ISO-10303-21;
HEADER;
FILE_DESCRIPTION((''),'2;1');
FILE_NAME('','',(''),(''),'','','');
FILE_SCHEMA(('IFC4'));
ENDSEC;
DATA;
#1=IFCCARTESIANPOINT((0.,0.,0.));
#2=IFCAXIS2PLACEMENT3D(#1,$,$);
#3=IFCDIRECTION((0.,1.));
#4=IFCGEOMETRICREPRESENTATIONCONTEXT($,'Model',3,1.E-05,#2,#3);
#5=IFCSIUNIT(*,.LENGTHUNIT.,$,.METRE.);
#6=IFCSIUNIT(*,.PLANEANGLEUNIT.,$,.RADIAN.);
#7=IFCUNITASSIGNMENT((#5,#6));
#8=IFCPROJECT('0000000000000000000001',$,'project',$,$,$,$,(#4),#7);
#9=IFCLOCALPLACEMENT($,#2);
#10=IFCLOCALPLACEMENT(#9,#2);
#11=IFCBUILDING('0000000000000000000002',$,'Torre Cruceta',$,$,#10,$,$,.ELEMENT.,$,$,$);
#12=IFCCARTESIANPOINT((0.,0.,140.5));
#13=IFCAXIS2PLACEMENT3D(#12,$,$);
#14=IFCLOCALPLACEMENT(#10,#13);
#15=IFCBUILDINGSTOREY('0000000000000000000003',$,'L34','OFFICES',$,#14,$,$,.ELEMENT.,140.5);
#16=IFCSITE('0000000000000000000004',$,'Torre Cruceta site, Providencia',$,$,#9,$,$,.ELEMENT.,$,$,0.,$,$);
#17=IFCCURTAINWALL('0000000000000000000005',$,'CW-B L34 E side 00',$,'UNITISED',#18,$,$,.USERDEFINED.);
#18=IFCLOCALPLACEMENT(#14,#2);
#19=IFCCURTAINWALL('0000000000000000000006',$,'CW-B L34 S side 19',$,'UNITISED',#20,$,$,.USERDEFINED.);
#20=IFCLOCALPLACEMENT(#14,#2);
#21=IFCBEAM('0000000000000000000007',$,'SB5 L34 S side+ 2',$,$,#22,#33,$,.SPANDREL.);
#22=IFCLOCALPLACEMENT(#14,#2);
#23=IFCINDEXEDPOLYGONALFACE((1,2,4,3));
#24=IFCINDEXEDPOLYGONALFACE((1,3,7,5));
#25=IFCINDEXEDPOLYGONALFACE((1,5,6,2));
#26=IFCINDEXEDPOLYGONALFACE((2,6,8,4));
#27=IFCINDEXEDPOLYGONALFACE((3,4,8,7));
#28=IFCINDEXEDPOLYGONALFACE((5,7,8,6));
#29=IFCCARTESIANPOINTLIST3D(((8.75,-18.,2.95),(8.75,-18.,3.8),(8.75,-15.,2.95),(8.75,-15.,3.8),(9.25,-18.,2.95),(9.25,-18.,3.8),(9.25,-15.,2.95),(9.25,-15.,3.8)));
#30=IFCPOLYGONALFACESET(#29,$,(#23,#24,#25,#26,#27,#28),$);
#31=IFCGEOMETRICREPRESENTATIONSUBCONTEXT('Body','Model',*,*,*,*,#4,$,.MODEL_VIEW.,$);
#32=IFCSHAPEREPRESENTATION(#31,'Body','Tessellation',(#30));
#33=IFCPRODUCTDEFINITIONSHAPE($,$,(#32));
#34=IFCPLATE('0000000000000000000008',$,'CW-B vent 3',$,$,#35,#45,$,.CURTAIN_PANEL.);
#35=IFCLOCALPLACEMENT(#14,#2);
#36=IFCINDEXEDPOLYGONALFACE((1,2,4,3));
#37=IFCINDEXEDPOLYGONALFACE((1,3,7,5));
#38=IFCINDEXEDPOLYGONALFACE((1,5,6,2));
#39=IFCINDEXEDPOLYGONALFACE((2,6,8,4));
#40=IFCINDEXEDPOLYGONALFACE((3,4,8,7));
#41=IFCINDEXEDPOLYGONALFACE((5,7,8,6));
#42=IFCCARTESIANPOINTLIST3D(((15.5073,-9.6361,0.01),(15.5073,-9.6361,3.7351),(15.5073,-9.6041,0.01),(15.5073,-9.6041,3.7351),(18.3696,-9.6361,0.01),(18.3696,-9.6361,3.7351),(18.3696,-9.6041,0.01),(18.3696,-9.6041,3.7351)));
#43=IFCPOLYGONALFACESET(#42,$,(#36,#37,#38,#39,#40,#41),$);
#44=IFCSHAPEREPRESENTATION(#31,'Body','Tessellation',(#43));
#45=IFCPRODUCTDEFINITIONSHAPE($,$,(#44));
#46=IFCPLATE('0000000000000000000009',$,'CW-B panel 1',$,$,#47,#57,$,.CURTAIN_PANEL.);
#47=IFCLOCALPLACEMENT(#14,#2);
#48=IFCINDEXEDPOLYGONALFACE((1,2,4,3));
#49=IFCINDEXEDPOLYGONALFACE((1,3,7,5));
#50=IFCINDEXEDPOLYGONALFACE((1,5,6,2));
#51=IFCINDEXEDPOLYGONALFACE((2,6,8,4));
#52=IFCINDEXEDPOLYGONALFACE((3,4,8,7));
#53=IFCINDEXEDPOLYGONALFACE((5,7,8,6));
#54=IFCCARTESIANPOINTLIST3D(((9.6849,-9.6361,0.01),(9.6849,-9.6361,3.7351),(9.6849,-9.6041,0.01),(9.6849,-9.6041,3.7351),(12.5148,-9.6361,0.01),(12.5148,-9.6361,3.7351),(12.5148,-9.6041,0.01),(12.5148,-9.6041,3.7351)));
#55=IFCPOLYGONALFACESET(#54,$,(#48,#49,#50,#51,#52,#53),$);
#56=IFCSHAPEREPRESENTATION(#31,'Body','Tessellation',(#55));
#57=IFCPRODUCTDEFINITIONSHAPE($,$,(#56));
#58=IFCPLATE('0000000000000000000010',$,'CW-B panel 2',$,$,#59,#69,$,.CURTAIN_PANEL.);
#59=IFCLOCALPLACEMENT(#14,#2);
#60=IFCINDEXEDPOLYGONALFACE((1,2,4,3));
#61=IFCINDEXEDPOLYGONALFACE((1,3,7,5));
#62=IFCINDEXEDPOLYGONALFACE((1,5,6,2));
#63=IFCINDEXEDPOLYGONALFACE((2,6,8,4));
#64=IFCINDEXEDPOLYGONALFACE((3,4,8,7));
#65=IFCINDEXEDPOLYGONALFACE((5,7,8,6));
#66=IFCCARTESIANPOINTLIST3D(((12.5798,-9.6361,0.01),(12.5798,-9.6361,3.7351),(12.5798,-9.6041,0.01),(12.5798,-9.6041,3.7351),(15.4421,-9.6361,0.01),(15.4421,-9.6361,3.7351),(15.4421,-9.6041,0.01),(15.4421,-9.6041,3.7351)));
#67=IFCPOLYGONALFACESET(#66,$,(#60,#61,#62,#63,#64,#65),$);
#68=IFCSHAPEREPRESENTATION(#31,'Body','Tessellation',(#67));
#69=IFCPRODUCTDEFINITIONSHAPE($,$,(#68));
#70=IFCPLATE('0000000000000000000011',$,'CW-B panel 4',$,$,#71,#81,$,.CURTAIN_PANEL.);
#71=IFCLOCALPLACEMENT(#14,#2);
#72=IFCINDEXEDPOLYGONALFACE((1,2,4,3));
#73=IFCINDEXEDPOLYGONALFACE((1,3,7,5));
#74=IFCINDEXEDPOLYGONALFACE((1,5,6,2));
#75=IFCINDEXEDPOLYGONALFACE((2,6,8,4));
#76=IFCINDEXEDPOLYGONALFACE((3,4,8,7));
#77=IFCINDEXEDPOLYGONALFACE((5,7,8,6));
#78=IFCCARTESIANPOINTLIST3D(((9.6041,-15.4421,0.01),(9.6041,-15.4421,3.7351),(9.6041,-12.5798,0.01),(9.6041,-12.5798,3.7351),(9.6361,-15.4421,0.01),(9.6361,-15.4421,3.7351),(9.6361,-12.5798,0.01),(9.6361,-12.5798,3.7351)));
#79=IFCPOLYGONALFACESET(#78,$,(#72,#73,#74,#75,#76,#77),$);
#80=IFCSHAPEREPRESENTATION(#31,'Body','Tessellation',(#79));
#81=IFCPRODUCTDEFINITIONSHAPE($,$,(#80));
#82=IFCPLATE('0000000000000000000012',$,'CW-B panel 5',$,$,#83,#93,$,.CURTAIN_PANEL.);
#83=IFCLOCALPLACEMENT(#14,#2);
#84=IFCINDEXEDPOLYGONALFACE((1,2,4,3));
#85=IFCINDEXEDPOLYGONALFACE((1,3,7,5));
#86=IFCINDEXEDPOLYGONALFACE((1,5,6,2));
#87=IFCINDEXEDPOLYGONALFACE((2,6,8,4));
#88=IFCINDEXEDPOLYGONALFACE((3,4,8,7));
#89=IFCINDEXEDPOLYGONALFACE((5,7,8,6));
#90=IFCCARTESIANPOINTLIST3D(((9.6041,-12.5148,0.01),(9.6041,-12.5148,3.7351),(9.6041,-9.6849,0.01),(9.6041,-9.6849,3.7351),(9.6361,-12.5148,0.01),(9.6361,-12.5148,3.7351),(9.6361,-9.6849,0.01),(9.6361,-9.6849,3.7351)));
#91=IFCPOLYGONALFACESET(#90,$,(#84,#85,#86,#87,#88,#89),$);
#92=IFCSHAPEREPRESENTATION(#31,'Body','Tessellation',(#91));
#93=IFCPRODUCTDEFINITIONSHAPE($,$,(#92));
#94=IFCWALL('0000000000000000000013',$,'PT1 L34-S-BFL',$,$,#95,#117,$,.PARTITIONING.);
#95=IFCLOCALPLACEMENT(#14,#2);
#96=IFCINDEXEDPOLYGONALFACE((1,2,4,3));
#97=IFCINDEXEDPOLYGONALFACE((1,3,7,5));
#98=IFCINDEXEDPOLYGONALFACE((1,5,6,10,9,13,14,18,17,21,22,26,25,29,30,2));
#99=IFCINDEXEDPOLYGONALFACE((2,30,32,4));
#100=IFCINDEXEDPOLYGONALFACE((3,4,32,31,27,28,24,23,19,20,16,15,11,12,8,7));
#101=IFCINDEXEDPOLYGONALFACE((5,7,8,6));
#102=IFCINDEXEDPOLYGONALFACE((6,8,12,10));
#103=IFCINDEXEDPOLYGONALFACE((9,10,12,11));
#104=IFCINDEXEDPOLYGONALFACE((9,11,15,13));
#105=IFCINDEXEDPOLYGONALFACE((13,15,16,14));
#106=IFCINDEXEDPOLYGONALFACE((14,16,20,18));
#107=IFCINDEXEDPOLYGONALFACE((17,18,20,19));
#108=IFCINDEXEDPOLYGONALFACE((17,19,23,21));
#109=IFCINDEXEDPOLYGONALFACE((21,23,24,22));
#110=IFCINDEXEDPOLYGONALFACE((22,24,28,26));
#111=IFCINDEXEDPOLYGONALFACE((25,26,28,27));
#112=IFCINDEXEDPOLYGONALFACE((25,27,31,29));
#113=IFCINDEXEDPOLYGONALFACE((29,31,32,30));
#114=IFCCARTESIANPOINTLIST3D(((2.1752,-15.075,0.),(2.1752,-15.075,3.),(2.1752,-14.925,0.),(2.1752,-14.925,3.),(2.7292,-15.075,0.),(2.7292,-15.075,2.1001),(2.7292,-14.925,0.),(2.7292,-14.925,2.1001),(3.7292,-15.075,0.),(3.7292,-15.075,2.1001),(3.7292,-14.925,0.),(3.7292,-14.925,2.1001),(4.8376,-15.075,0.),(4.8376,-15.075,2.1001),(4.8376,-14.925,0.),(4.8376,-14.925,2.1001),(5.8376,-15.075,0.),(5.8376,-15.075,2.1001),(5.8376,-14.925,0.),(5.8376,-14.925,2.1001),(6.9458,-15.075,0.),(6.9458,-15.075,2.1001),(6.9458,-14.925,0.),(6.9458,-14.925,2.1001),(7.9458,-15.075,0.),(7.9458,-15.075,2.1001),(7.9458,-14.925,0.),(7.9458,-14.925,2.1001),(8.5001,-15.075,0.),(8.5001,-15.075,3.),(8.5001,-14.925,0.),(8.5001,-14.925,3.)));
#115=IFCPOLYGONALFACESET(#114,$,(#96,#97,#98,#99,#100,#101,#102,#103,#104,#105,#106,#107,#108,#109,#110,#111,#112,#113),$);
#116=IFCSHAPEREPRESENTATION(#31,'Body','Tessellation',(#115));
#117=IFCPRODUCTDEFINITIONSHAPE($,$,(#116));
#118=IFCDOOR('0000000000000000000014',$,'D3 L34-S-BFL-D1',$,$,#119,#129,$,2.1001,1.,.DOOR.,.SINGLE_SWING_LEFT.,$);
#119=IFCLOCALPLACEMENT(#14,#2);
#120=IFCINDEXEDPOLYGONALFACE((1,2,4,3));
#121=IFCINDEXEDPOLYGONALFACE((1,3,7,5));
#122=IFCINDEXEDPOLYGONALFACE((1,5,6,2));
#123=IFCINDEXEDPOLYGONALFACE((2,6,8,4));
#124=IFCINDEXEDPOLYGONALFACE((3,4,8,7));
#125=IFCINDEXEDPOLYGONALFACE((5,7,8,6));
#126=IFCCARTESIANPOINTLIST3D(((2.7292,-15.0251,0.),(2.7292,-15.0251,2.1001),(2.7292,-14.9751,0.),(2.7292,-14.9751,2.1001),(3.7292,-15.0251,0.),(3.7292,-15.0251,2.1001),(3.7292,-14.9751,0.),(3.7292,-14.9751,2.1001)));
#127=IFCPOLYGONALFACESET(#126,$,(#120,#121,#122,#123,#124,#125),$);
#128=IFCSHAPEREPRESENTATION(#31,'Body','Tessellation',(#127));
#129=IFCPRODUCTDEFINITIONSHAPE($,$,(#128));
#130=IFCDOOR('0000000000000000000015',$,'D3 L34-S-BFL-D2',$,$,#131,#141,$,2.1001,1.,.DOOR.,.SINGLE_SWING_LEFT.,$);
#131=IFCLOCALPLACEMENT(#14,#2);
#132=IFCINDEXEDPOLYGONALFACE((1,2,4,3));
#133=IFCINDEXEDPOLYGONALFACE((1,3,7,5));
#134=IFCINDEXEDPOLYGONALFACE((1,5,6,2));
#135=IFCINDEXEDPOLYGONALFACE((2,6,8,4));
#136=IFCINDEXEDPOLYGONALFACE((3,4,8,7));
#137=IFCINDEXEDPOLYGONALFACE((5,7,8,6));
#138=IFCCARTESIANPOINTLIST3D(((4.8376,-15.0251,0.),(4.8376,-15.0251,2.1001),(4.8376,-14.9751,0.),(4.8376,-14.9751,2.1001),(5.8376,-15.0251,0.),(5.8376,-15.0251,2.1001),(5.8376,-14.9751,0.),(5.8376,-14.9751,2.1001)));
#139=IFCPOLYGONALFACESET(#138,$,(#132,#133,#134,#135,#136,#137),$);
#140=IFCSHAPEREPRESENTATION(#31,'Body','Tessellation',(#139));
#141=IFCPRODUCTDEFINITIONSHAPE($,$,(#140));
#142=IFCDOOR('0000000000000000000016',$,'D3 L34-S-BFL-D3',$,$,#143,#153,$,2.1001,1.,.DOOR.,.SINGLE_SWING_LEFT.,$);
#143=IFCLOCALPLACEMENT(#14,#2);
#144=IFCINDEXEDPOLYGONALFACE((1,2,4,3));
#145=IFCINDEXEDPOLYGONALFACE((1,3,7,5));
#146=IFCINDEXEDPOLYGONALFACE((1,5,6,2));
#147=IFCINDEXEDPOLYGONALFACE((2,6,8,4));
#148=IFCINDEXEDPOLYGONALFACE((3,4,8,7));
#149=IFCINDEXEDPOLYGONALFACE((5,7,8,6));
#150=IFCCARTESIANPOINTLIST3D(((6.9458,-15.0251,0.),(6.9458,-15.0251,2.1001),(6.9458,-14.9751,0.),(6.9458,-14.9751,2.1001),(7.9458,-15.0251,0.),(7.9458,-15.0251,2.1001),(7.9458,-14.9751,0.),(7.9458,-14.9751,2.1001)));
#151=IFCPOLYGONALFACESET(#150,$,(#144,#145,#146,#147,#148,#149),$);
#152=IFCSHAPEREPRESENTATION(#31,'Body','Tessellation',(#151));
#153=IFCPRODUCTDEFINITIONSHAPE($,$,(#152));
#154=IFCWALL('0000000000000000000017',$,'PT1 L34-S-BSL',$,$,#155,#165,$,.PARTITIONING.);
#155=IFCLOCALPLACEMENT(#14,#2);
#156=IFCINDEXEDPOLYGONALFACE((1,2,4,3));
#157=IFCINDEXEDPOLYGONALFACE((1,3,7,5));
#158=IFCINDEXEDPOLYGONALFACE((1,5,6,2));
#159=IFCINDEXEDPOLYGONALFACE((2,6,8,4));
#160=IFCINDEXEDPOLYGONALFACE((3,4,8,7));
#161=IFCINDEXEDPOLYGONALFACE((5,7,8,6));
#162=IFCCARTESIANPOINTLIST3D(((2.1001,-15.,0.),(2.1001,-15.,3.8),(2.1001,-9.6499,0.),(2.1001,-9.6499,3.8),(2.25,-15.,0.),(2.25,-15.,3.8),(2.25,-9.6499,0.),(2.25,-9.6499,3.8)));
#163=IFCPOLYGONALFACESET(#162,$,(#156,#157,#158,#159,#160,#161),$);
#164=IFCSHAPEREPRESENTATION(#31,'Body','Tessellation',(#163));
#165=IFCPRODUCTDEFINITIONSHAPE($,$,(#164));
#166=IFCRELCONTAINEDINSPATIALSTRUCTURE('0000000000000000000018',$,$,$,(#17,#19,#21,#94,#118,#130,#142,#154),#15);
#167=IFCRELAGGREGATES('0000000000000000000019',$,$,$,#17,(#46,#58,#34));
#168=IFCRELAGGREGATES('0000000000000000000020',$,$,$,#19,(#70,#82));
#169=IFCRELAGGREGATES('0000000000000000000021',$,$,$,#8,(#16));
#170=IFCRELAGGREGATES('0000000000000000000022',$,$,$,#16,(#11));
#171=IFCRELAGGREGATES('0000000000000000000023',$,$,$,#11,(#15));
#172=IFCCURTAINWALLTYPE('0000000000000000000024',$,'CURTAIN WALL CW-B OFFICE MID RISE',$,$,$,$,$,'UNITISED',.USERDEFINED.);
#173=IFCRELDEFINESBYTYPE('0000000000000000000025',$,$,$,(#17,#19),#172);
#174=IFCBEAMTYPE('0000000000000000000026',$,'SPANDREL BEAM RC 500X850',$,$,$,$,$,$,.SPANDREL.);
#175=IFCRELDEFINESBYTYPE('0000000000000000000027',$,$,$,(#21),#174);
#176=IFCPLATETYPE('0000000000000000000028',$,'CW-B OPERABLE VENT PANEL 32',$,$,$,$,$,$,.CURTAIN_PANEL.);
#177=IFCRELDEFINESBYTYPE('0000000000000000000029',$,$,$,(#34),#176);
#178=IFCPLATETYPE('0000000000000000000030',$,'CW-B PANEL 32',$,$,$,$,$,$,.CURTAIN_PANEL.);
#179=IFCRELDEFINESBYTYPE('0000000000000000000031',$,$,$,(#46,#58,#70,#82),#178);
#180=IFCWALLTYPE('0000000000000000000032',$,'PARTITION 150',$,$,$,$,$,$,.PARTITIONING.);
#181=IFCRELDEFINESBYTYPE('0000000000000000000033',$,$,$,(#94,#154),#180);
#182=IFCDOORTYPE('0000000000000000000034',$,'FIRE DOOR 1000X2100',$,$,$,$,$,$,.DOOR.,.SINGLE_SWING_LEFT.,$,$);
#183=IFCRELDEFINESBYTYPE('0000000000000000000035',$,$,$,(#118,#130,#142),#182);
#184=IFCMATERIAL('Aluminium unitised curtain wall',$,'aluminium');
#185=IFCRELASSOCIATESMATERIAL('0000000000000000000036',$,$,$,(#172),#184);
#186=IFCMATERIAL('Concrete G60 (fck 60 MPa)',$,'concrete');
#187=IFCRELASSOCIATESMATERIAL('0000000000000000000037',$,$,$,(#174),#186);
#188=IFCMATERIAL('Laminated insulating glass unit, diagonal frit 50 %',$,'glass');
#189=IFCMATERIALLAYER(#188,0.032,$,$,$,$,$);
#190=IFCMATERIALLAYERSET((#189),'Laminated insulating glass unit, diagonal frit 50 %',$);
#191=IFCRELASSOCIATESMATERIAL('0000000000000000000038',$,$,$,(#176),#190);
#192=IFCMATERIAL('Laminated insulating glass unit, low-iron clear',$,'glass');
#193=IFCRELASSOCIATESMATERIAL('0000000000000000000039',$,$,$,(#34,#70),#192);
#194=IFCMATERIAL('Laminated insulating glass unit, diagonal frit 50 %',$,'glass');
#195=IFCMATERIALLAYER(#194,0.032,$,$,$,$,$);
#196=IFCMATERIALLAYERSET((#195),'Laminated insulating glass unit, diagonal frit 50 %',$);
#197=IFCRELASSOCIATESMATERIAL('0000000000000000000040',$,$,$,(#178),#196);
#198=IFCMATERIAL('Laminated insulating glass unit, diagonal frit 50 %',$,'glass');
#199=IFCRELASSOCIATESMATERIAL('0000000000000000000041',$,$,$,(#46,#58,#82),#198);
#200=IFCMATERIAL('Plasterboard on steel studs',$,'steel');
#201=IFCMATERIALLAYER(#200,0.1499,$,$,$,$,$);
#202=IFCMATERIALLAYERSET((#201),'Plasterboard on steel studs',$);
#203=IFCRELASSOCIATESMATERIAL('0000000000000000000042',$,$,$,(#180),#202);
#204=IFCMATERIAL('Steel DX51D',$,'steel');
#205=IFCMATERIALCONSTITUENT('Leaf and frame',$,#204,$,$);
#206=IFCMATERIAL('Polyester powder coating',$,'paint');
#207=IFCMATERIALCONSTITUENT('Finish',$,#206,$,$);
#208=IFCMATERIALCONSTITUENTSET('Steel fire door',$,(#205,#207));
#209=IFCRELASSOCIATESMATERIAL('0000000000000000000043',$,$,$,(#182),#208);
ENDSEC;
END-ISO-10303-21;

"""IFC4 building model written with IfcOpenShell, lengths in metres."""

from ifc_helpers import new_model, si_unit, direction, frame, frame_2d, origin, origin_2d, place, context, subcontext, project, spatial, rectangle, extrude, material, layer, layer_set, constituent, constituent_set, material_profile, profile_set, type_object, element, fill, aggregate, save


model = new_model("IFC4")

# Units and contexts
model_context = context("Model", 3, precision=1e-05, world=origin(), true_north=direction((0.0, 1.0)))
body_context = subcontext(model_context, "Body", "Model", "MODEL_VIEW")
ifc_project = project(units=[si_unit("LENGTHUNIT", "METRE"), si_unit("PLANEANGLEUNIT", "RADIAN")], contexts=[model_context])

# Site, building, storey
site_placement = place(None, origin())
site = spatial("IfcSite", under=ifc_project, at=site_placement, Name="Torre Cruceta site, Providencia", CompositionType="ELEMENT", RefElevation=0.0)
building_placement = place(site_placement, origin())
building = spatial("IfcBuilding", under=site, at=building_placement, Name="Torre Cruceta", CompositionType="ELEMENT")
storey_placement = place(building_placement, frame((0.0, 0.0, 140.5)))
storey = spatial("IfcBuildingStorey", under=building, at=storey_placement, Name="L34", Description="OFFICES", CompositionType="ELEMENT", Elevation=140.5)

# Curtain walls
ifc_material_1 = material(Name="Aluminium unitised curtain wall", Category="aluminium")
curtain_wall_type = type_object("IfcCurtainWallType", Name="CURTAIN WALL CW-B OFFICE MID RISE", ElementType="UNITISED", PredefinedType="USERDEFINED", material=ifc_material_1)
curtain_wall_1_placement = place(storey_placement, origin())
curtain_wall_1 = element("IfcCurtainWall", 1, at=curtain_wall_1_placement, inside=storey, type_object=curtain_wall_type, Name="CW-B L34 E side 00", ObjectType="UNITISED", PredefinedType="USERDEFINED")
curtain_wall_2_placement = place(storey_placement, origin())
curtain_wall_2 = element("IfcCurtainWall", 2, at=curtain_wall_2_placement, inside=storey, type_object=curtain_wall_type, Name="CW-B L34 S side 19", ObjectType="UNITISED", PredefinedType="USERDEFINED")

# Beam
ifc_material_2 = material(Name="Concrete G60 (fck 60 MPa)", Category="concrete")
ifc_material_profile_1 = material_profile(ifc_material_2, rectangle(XDim=0.5, YDim=0.8501, at=origin_2d()), Name="RC 500X850")
ifc_profile_set_1 = profile_set([ifc_material_profile_1], Name="Concrete G60 (fck 60 MPa)")
beam_type_1 = type_object("IfcBeamType", Name="SPANDREL BEAM RC 500X850", PredefinedType="SPANDREL", material=ifc_profile_set_1)
beam_1_placement = place(storey_placement, frame((9.0, -15.0, 3.375), z_axis=(0.0, -1.0, 0.0), x_axis=(1.0, 0.0, 0.0)))
element("IfcBeam", 3, at=beam_1_placement, inside=storey, type_object=beam_type_1, Name="SB5 L34 S side+ 2", PredefinedType="SPANDREL", context=body_context, shape_type="SweptSolid", body=[
    extrude(rectangle(XDim=0.5, YDim=0.8501, at=origin_2d()), origin(), (0.0, 0.0, 1.0), 3.0),
])

# Plates
ifc_material_3 = material(Name="Laminated insulating glass unit, low-iron clear", Category="glass")
ifc_material_4 = material(Name="Laminated insulating glass unit, diagonal frit 50 %", Category="glass")
ifc_layer_1 = layer(ifc_material_4, 0.032)
ifc_layer_set_1 = layer_set([ifc_layer_1], Name="Laminated insulating glass unit, diagonal frit 50 %")
plate_type_1 = type_object("IfcPlateType", Name="CW-B OPERABLE VENT PANEL 32", PredefinedType="CURTAIN_PANEL", material=ifc_layer_set_1)
plate_1_placement = place(storey_placement, frame((16.9385, -9.6201, 0.01), z_axis=(0.0, 0.0, 1.0), x_axis=(1.0, 0.0, 0.0)))
plate_1 = element("IfcPlate", 4, at=plate_1_placement, type_object=plate_type_1, material=ifc_material_3, Name="CW-B vent 3", PredefinedType="CURTAIN_PANEL", context=body_context, shape_type="SweptSolid", body=[
    extrude(rectangle(XDim=2.8623, YDim=0.032, at=origin_2d()), origin(), (0.0, 0.0, 1.0), 3.7251),
])
ifc_material_5 = material(Name="Laminated insulating glass unit, diagonal frit 50 %", Category="glass")
ifc_material_6 = material(Name="Laminated insulating glass unit, diagonal frit 50 %", Category="glass")
ifc_layer_2 = layer(ifc_material_6, 0.032)
ifc_layer_set_2 = layer_set([ifc_layer_2], Name="Laminated insulating glass unit, diagonal frit 50 %")
plate_type_2 = type_object("IfcPlateType", Name="CW-B PANEL 32", PredefinedType="CURTAIN_PANEL", material=ifc_layer_set_2)
plate_2_placement = place(storey_placement, frame((11.0999, -9.6201, 0.01), z_axis=(0.0, 0.0, 1.0), x_axis=(1.0, 0.0, 0.0)))
plate_2 = element("IfcPlate", 5, at=plate_2_placement, type_object=plate_type_2, material=ifc_material_5, Name="CW-B panel 1", PredefinedType="CURTAIN_PANEL", context=body_context, shape_type="SweptSolid", body=[
    extrude(rectangle(XDim=2.8298, YDim=0.032, at=origin_2d()), origin(), (0.0, 0.0, 1.0), 3.7251),
])
plate_3_placement = place(storey_placement, frame((14.011, -9.6201, 0.01), z_axis=(0.0, 0.0, 1.0), x_axis=(1.0, 0.0, 0.0)))
plate_3 = element("IfcPlate", 6, at=plate_3_placement, type_object=plate_type_2, material=ifc_material_5, Name="CW-B panel 2", PredefinedType="CURTAIN_PANEL", context=body_context, shape_type="SweptSolid", body=[
    extrude(rectangle(XDim=2.8623, YDim=0.032, at=origin_2d()), origin(), (0.0, 0.0, 1.0), 3.7251),
])
aggregate(curtain_wall_1, [plate_2, plate_3, plate_1])
plate_4_placement = place(storey_placement, frame((9.6201, -14.011, 0.01), z_axis=(0.0, 0.0, 1.0), x_axis=(0.0, 1.0, 0.0)))
plate_4 = element("IfcPlate", 7, at=plate_4_placement, type_object=plate_type_2, material=ifc_material_3, Name="CW-B panel 4", PredefinedType="CURTAIN_PANEL", context=body_context, shape_type="SweptSolid", body=[
    extrude(rectangle(XDim=2.8623, YDim=0.032, at=origin_2d()), origin(), (0.0, 0.0, 1.0), 3.7251),
])
plate_5_placement = place(storey_placement, frame((9.6201, -11.0999, 0.01), z_axis=(0.0, 0.0, 1.0), x_axis=(0.0, 1.0, 0.0)))
plate_5 = element("IfcPlate", 8, at=plate_5_placement, type_object=plate_type_2, material=ifc_material_5, Name="CW-B panel 5", PredefinedType="CURTAIN_PANEL", context=body_context, shape_type="SweptSolid", body=[
    extrude(rectangle(XDim=2.8298, YDim=0.032, at=origin_2d()), origin(), (0.0, 0.0, 1.0), 3.7251),
])
aggregate(curtain_wall_2, [plate_4, plate_5])

# Wall, openings, doors
ifc_material_7 = material(Name="Plasterboard on steel studs", Category="steel")
ifc_layer_3 = layer(ifc_material_7, 0.1499)
ifc_layer_set_3 = layer_set([ifc_layer_3], Name="Plasterboard on steel studs")
wall_type_1 = type_object("IfcWallType", Name="PARTITION 150", PredefinedType="PARTITIONING", material=ifc_layer_set_3)
wall_1_placement = place(storey_placement, frame((2.175, -15.0, 0.0), z_axis=(0.0, 0.0, 1.0), x_axis=(1.0, 0.0, 0.0)))
wall_1 = element("IfcWall", 9, at=wall_1_placement, inside=storey, type_object=wall_type_1, Name="PT1 L34-S-BFL", PredefinedType="PARTITIONING", context=body_context, shape_type="SweptSolid", body=[
    extrude(rectangle(XDim=6.325, YDim=0.1499, at=frame_2d((3.1626, 0.0))), origin(), (0.0, 0.0, 1.0), 3.0),
])
opening_1_placement = place(wall_1_placement, frame((0.5542, 0.0, 0.0)))
opening_1 = element("IfcOpeningElement", 10, at=opening_1_placement, cuts=wall_1, PredefinedType="OPENING", context=body_context, shape_type="SweptSolid", body=[
    extrude(rectangle(XDim=1.0, YDim=2.1001, at=frame_2d((0.5, 1.05))), frame((0.0, 0.085, 0.0), z_axis=(0.0, -1.0, 0.0), x_axis=(1.0, 0.0, 0.0)), (0.0, 0.0, 1.0), 0.1699),
])
opening_2_placement = place(wall_1_placement, frame((2.6626, 0.0, 0.0)))
opening_2 = element("IfcOpeningElement", 11, at=opening_2_placement, cuts=wall_1, PredefinedType="OPENING", context=body_context, shape_type="SweptSolid", body=[
    extrude(rectangle(XDim=1.0, YDim=2.1001, at=frame_2d((0.5, 1.05))), frame((0.0, 0.085, 0.0), z_axis=(0.0, -1.0, 0.0), x_axis=(1.0, 0.0, 0.0)), (0.0, 0.0, 1.0), 0.1699),
])
opening_3_placement = place(wall_1_placement, frame((4.7708, 0.0, 0.0)))
opening_3 = element("IfcOpeningElement", 12, at=opening_3_placement, cuts=wall_1, PredefinedType="OPENING", context=body_context, shape_type="SweptSolid", body=[
    extrude(rectangle(XDim=1.0, YDim=2.1001, at=frame_2d((0.5, 1.05))), frame((0.0, 0.085, 0.0), z_axis=(0.0, -1.0, 0.0), x_axis=(1.0, 0.0, 0.0)), (0.0, 0.0, 1.0), 0.1699),
])
ifc_material_8 = material(Name="Steel DX51D", Category="steel")
ifc_constituent_1 = constituent(ifc_material_8, Name="Leaf and frame")
ifc_material_9 = material(Name="Polyester powder coating", Category="paint")
ifc_constituent_2 = constituent(ifc_material_9, Name="Finish")
ifc_constituent_set = constituent_set(constituents=[ifc_constituent_1, ifc_constituent_2], Name="Steel fire door")
door_type = type_object("IfcDoorType", Name="FIRE DOOR 1000X2100", OperationType="SINGLE_SWING_LEFT", PredefinedType="DOOR", material=ifc_constituent_set)
door_1_placement = place(opening_1_placement, origin())
door_1 = element("IfcDoor", 13, at=door_1_placement, inside=storey, type_object=door_type, Name="D3 L34-S-BFL-D1", OperationType="SINGLE_SWING_LEFT", OverallHeight=2.1001, OverallWidth=1.0, PredefinedType="DOOR", context=body_context, shape_type="SweptSolid", body=[
    extrude(rectangle(XDim=1.0, YDim=2.1001, at=frame_2d((0.5, 1.05))), frame((0.0, 0.0249, 0.0), z_axis=(0.0, -1.0, 0.0), x_axis=(1.0, 0.0, 0.0)), (0.0, 0.0, 1.0), 0.05),
])
fill(opening_1, door_1)
door_2_placement = place(opening_2_placement, origin())
door_2 = element("IfcDoor", 14, at=door_2_placement, inside=storey, type_object=door_type, Name="D3 L34-S-BFL-D2", OperationType="SINGLE_SWING_LEFT", OverallHeight=2.1001, OverallWidth=1.0, PredefinedType="DOOR", context=body_context, shape_type="SweptSolid", body=[
    extrude(rectangle(XDim=1.0, YDim=2.1001, at=frame_2d((0.5, 1.05))), frame((0.0, 0.0249, 0.0), z_axis=(0.0, -1.0, 0.0), x_axis=(1.0, 0.0, 0.0)), (0.0, 0.0, 1.0), 0.05),
])
fill(opening_2, door_2)
door_3_placement = place(opening_3_placement, origin())
door_3 = element("IfcDoor", 15, at=door_3_placement, inside=storey, type_object=door_type, Name="D3 L34-S-BFL-D3", OperationType="SINGLE_SWING_LEFT", OverallHeight=2.1001, OverallWidth=1.0, PredefinedType="DOOR", context=body_context, shape_type="SweptSolid", body=[
    extrude(rectangle(XDim=1.0, YDim=2.1001, at=frame_2d((0.5, 1.05))), frame((0.0, 0.0249, 0.0), z_axis=(0.0, -1.0, 0.0), x_axis=(1.0, 0.0, 0.0)), (0.0, 0.0, 1.0), 0.05),
])
fill(opening_3, door_3)

# Wall
wall_2_placement = place(storey_placement, frame((2.175, -9.6499, 0.0), z_axis=(0.0, 0.0, 1.0), x_axis=(0.0, -1.0, 0.0)))
element("IfcWall", 16, at=wall_2_placement, inside=storey, type_object=wall_type_1, Name="PT1 L34-S-BSL", PredefinedType="PARTITIONING", context=body_context, shape_type="SweptSolid", body=[
    extrude(rectangle(XDim=5.3501, YDim=0.1499, at=frame_2d((2.675, 0.0))), origin(), (0.0, 0.0, 1.0), 3.8),
])

save(model, "model.ifc")
